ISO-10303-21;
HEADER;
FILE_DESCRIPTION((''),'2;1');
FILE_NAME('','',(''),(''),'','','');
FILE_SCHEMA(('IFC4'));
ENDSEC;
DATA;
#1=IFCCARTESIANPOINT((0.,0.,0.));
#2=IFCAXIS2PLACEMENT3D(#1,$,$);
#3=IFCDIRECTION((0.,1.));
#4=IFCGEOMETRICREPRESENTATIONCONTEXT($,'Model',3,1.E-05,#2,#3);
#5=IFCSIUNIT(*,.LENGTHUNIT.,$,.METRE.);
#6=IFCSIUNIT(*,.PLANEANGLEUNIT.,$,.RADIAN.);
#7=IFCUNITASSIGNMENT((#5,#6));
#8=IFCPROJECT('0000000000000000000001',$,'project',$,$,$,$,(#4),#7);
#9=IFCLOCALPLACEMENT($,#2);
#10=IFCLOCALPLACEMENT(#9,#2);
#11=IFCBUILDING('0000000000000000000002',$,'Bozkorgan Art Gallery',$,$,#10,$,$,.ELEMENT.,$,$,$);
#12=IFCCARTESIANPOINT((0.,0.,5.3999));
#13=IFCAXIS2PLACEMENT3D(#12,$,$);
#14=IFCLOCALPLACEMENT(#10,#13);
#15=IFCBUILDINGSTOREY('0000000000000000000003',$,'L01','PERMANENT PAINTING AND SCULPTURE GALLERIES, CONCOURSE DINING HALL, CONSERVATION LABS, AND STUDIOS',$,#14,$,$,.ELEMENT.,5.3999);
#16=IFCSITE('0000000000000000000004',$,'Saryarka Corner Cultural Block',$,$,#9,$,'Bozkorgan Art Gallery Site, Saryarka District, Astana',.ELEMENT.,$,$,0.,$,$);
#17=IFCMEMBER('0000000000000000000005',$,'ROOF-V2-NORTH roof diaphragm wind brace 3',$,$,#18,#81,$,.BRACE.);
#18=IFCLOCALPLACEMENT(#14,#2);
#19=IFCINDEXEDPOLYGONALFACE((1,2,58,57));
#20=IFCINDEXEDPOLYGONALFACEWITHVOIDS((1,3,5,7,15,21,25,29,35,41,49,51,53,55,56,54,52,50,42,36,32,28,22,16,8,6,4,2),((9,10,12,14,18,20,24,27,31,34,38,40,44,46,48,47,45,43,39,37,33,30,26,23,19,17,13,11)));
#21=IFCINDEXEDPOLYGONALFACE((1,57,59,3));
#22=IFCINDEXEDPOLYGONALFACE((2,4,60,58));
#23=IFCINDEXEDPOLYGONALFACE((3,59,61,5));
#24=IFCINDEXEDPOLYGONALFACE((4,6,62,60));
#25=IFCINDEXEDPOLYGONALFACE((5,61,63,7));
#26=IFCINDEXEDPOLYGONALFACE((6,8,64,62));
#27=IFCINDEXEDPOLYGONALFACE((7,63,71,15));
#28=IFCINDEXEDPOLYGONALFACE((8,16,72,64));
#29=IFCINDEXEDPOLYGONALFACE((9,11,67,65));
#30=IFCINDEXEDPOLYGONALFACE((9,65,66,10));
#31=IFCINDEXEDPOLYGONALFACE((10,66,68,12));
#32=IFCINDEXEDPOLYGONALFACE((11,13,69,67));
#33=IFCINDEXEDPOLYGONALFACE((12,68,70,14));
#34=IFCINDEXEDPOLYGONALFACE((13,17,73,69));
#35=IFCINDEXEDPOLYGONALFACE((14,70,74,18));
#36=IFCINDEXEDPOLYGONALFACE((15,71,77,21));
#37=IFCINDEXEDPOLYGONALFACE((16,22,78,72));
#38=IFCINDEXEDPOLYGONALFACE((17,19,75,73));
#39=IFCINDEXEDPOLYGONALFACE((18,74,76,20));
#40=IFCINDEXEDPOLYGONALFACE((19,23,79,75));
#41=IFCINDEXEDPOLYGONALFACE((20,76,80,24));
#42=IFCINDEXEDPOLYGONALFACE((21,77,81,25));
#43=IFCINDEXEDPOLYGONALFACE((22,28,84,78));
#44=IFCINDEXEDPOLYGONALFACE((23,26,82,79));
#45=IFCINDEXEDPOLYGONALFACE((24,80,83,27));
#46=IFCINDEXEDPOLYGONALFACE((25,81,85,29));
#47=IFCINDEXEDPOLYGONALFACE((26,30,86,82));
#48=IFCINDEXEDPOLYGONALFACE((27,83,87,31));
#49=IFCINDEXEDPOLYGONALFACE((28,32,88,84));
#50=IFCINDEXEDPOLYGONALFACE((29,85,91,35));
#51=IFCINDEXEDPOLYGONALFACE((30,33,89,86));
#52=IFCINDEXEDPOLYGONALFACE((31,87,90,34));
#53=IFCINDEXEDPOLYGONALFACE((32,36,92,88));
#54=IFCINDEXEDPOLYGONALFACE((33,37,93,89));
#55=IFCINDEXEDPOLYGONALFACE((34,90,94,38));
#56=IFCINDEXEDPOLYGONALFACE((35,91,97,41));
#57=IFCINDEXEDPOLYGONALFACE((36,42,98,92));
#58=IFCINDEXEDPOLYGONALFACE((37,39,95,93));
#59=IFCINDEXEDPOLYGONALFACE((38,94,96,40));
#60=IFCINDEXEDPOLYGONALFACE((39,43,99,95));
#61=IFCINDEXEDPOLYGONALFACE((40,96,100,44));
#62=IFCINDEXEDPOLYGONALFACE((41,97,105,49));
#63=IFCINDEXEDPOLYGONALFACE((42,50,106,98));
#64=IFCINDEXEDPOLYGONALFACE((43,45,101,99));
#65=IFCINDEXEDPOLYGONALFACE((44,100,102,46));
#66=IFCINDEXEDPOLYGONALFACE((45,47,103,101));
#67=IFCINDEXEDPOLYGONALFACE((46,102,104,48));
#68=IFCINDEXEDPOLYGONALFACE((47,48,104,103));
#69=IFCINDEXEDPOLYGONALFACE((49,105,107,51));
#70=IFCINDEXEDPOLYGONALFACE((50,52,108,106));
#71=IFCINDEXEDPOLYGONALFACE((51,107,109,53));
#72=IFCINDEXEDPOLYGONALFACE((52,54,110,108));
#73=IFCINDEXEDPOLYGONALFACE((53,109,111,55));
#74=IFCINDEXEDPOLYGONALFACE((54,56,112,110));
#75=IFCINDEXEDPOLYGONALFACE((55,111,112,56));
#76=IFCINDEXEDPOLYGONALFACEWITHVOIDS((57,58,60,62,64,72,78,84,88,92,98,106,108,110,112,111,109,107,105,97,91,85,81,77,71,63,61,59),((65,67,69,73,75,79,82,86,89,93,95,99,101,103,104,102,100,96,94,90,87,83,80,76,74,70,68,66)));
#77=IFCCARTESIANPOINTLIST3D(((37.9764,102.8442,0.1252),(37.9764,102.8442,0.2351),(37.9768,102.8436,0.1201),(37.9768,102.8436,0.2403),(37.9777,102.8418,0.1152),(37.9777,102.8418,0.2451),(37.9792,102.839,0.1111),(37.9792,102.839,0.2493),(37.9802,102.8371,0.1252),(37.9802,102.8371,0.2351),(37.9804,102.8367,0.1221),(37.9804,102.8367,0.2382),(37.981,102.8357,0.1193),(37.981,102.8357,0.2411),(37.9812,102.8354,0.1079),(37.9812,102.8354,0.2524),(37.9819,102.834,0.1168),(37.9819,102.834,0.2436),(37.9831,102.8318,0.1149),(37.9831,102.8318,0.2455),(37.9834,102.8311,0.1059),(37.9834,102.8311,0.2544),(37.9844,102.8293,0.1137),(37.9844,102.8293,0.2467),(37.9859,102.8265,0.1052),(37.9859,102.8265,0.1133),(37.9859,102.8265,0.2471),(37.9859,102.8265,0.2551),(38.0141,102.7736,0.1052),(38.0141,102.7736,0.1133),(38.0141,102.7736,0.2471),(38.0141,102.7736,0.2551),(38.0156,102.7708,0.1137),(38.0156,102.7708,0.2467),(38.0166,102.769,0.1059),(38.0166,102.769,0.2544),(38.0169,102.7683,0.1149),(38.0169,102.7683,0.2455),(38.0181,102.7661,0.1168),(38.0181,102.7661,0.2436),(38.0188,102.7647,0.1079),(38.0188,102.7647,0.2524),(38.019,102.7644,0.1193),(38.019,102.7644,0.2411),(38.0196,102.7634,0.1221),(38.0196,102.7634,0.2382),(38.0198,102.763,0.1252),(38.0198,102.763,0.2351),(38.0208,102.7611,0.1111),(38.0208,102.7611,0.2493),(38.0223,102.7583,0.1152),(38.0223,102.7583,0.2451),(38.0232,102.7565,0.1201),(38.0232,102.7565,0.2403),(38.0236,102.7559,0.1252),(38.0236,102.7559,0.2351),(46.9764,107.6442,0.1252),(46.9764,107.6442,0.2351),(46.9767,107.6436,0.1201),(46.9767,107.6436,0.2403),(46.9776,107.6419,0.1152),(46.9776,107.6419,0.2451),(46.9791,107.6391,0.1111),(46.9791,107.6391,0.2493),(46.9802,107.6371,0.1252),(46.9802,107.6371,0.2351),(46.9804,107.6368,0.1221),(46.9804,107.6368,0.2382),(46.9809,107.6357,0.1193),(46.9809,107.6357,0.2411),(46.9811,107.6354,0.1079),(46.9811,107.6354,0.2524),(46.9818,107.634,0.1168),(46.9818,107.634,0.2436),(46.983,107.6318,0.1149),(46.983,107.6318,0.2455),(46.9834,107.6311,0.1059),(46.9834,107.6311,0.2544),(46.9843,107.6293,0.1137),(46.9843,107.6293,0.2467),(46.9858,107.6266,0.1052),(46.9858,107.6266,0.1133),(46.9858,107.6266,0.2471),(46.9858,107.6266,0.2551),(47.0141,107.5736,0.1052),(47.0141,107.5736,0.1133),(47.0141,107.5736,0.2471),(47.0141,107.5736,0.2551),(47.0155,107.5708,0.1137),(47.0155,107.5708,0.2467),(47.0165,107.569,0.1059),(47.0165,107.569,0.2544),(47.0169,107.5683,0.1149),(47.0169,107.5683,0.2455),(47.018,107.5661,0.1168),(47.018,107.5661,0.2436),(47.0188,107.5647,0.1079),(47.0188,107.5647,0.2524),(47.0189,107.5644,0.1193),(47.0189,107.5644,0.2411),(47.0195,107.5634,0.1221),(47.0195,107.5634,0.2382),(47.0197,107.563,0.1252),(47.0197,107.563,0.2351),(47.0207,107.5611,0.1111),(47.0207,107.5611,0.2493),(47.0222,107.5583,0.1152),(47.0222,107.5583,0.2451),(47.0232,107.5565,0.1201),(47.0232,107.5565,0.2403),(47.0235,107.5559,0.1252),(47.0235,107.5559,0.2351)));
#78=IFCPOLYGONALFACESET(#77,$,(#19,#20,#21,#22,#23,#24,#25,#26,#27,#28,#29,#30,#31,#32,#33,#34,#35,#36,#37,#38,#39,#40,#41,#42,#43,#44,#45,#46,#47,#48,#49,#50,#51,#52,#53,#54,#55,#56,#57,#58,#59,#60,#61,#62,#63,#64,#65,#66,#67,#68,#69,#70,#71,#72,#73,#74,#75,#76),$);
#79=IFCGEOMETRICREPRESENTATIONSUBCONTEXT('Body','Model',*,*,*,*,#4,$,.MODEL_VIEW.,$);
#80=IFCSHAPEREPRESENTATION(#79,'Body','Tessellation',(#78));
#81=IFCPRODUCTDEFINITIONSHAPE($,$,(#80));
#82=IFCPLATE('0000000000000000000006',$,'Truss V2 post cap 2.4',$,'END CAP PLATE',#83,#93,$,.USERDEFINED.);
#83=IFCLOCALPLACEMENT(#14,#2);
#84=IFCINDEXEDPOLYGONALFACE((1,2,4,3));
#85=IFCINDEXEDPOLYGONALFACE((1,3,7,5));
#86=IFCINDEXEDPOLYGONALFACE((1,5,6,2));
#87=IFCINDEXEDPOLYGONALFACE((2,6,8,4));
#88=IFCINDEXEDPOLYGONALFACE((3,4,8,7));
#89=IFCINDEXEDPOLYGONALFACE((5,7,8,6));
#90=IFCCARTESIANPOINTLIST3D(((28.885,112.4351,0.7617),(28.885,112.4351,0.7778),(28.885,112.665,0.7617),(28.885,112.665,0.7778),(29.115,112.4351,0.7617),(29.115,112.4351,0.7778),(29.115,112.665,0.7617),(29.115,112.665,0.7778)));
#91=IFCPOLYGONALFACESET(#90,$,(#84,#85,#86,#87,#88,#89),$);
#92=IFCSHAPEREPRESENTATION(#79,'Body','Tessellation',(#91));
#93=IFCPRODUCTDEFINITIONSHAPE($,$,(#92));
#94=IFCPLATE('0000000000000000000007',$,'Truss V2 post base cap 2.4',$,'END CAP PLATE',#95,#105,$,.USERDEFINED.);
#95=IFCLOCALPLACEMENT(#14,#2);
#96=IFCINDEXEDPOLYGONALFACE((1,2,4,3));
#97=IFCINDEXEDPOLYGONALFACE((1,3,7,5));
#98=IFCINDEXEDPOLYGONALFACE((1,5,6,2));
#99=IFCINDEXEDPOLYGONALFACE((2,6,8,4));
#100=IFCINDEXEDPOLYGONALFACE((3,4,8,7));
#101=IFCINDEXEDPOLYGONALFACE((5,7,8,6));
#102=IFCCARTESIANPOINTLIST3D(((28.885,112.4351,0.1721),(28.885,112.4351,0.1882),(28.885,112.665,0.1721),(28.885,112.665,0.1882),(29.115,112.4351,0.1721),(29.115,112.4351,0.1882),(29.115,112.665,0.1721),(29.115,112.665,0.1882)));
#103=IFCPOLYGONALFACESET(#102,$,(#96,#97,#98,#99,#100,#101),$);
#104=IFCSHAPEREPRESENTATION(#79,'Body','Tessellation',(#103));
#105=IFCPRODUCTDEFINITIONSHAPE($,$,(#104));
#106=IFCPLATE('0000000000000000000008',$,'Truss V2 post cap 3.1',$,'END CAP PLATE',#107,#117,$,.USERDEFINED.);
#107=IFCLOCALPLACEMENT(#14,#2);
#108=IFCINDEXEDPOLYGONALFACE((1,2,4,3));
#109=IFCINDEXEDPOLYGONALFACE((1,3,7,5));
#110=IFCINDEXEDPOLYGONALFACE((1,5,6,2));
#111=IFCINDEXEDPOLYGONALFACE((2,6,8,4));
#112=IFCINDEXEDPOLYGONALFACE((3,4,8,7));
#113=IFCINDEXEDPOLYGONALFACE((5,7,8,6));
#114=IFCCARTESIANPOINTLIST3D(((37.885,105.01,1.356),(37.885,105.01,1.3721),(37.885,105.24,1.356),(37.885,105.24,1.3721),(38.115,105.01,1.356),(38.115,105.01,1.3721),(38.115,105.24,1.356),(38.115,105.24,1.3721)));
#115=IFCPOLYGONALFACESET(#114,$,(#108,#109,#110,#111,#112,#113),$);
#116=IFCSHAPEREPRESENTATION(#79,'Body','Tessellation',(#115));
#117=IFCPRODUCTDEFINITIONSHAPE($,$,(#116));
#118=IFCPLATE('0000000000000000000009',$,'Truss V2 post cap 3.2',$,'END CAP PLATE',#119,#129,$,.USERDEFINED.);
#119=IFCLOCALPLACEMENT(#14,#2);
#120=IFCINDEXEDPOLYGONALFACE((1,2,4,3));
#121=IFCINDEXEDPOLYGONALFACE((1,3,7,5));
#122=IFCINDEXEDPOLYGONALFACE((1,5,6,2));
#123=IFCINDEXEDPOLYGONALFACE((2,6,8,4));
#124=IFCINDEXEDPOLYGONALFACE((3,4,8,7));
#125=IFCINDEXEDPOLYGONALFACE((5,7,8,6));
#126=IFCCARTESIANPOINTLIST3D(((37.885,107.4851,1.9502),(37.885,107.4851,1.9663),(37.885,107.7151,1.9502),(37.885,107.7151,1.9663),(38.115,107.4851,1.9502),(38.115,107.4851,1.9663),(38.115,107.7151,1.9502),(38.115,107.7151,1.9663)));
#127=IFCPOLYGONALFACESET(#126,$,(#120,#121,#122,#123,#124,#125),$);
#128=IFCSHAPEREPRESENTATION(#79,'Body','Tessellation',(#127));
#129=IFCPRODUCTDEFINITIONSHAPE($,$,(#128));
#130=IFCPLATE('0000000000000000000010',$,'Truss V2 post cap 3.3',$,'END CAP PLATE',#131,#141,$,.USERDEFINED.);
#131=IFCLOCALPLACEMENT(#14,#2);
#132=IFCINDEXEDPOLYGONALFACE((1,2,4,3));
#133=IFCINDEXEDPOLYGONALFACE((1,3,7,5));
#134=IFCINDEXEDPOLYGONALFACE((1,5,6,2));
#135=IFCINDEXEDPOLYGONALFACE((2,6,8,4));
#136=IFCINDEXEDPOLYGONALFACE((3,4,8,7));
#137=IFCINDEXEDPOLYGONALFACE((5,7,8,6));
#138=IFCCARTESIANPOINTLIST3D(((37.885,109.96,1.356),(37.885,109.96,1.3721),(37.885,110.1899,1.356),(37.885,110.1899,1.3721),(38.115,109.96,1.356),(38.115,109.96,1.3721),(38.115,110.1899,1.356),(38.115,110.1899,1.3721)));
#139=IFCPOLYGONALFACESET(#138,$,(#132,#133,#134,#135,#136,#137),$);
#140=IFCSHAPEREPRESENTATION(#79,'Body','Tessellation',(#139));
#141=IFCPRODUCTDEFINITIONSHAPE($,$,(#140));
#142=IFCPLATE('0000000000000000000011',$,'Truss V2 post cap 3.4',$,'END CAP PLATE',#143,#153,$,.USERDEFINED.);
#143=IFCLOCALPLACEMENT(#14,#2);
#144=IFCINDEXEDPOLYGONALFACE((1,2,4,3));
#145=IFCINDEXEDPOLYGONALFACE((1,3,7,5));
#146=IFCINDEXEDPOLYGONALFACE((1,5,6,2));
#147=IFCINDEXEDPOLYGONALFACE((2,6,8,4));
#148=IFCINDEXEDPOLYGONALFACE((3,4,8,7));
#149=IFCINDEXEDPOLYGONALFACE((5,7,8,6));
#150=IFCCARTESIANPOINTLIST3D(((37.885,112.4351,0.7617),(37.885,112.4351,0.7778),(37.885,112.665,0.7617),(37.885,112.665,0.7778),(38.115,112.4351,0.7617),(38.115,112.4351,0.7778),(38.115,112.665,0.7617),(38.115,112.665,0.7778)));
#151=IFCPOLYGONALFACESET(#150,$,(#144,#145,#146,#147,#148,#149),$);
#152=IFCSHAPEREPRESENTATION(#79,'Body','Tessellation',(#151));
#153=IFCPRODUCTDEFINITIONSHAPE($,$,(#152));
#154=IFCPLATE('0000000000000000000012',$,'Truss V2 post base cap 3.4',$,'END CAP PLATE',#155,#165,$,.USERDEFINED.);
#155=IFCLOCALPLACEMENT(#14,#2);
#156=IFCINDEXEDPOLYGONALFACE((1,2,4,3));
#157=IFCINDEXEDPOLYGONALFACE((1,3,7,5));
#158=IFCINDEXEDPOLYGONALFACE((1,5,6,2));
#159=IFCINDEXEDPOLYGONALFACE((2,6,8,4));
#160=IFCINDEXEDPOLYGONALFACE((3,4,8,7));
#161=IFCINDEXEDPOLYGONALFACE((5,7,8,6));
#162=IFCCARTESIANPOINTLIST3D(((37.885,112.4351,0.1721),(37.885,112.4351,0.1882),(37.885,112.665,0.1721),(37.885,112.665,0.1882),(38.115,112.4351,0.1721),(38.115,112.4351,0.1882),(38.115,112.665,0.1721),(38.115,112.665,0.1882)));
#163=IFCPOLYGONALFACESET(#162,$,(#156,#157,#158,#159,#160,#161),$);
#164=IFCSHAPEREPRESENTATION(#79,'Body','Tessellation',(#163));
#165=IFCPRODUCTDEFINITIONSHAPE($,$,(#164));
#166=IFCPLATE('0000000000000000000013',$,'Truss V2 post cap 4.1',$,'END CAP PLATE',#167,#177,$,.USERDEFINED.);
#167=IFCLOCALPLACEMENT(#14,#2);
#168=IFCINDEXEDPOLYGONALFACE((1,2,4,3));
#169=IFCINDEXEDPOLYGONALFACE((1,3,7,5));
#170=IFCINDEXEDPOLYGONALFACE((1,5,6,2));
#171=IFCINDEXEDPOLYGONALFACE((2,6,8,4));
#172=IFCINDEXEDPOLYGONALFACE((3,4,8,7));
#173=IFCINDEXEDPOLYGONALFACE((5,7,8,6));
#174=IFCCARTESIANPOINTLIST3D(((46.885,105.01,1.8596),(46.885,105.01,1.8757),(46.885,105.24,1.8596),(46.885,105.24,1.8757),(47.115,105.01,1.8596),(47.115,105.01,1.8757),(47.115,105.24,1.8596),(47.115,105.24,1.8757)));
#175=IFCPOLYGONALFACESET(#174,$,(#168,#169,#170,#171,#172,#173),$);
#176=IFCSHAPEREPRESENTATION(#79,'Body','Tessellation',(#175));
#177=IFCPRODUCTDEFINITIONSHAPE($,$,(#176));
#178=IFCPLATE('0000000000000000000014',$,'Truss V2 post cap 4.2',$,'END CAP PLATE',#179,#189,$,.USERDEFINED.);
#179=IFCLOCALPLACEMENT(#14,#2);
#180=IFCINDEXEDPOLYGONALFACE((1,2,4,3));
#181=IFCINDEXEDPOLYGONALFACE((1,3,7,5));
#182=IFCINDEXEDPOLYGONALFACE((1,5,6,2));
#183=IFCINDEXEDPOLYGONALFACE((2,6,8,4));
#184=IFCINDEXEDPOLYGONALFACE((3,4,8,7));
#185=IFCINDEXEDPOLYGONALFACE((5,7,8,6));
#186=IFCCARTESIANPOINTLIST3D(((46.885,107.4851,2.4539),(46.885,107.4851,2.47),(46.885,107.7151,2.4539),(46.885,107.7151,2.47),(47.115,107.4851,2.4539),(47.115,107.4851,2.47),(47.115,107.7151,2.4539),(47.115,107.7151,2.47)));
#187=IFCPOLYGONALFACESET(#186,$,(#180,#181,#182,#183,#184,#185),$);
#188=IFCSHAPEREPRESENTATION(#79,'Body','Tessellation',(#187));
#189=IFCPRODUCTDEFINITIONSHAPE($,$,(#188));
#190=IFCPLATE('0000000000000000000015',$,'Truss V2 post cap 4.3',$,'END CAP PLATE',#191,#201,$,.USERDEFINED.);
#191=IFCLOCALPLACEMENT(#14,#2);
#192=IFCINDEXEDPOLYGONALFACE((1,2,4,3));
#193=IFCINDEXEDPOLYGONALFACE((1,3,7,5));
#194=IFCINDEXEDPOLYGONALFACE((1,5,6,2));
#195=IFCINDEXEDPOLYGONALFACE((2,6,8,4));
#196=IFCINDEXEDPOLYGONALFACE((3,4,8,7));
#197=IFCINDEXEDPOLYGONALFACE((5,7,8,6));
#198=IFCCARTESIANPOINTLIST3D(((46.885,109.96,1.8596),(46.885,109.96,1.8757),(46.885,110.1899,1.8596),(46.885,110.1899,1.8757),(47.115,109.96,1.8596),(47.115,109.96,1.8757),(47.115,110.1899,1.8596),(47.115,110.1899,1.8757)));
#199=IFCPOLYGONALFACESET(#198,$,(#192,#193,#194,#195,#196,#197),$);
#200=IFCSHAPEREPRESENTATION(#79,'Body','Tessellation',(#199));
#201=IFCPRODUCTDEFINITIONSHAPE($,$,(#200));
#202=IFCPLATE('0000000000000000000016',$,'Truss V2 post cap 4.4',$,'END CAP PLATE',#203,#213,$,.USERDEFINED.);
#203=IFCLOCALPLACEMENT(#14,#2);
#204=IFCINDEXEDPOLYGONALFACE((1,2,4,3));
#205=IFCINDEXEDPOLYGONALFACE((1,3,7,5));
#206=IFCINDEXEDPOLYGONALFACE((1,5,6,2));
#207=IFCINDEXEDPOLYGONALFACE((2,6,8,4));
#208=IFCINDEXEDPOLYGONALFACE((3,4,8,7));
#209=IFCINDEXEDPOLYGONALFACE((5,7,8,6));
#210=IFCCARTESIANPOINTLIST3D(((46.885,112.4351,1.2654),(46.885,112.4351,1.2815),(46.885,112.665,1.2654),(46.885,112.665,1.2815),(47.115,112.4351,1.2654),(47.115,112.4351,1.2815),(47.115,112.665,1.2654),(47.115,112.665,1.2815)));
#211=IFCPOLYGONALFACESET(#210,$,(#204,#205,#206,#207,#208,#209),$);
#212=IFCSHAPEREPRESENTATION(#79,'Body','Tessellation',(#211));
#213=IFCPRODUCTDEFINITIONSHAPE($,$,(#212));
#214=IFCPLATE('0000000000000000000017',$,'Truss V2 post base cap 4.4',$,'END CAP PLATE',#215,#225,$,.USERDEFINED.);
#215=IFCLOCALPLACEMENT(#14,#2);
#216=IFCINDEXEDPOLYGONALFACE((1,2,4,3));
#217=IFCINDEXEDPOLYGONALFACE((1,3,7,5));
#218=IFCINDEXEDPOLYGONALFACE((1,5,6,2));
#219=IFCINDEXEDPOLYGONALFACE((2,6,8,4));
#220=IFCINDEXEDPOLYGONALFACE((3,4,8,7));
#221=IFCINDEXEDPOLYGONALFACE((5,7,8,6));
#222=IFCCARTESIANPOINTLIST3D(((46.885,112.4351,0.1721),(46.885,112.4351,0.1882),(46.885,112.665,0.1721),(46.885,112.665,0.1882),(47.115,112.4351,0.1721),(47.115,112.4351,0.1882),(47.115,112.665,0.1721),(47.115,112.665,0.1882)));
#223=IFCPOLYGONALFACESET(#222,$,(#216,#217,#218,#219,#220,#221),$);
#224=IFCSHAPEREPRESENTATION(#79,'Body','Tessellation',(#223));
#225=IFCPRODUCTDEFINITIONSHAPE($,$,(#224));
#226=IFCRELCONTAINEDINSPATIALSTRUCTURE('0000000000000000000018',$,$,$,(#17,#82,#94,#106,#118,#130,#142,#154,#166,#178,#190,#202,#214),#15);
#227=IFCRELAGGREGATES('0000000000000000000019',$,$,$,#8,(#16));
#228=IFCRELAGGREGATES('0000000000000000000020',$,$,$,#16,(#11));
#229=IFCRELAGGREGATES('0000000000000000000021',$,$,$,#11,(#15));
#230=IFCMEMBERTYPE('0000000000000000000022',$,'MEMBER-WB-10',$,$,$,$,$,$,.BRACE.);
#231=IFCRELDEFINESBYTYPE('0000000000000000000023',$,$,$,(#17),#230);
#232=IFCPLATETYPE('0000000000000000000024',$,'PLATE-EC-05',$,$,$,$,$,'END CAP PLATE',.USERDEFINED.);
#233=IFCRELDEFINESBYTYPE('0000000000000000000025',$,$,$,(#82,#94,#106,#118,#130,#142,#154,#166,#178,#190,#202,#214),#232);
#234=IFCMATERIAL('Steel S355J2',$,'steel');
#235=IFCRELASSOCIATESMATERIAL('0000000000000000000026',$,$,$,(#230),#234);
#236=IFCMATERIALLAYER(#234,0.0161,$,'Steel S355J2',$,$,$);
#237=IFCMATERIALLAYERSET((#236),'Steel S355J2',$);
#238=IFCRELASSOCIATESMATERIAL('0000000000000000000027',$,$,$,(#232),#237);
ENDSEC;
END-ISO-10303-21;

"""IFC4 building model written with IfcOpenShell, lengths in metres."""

from ifc_helpers import new_model, si_unit, direction, frame, origin, origin_2d, place, context, subcontext, project, spatial, rectangle, hollow_rectangle, extrude, material, layer, layer_set, material_profile, profile_set, type_object, element, save


model = new_model("IFC4")

# Units and contexts
model_context = context("Model", 3, precision=1e-05, world=origin(), true_north=direction((0.0, 1.0)))
body_context = subcontext(model_context, "Body", "Model", "MODEL_VIEW")
ifc_project = project(units=[si_unit("LENGTHUNIT", "METRE"), si_unit("PLANEANGLEUNIT", "RADIAN")], contexts=[model_context])

# Site, building, storey
site_placement = place(None, origin())
site = spatial("IfcSite", under=ifc_project, at=site_placement, Name="Saryarka Corner Cultural Block", LongName="Bozkorgan Art Gallery Site, Saryarka District, Astana", CompositionType="ELEMENT", RefElevation=0.0)
building_placement = place(site_placement, origin())
building = spatial("IfcBuilding", under=site, at=building_placement, Name="Bozkorgan Art Gallery", CompositionType="ELEMENT")
storey_placement = place(building_placement, frame((0.0, 0.0, 5.3999)))
storey = spatial("IfcBuildingStorey", under=building, at=storey_placement, Name="L01", Description="PERMANENT PAINTING AND SCULPTURE GALLERIES, CONCOURSE DINING HALL, CONSERVATION LABS, AND STUDIOS", CompositionType="ELEMENT", Elevation=5.3999)

# Member
ifc_material_1 = material(Name="Steel S355J2", Category="steel")
ifc_material_profile_1 = material_profile(ifc_material_1, hollow_rectangle(XDim=0.1001, YDim=0.1499, WallThickness=0.0081, InnerFilletRadius=0.012, OuterFilletRadius=0.02, at=origin_2d()), Name="RHS 150x100x8")
ifc_profile_set_1 = profile_set([ifc_material_profile_1], Name="Steel S355J2")
member_type_1 = type_object("IfcMemberType", Name="MEMBER-WB-10", PredefinedType="BRACE", material=ifc_profile_set_1)
member_1_placement = place(storey_placement, frame((38.0, 102.8, 0.1802), z_axis=(0.882351, 0.470592, 0.0), x_axis=(-0.470592, 0.882351, 0.0)))
element("IfcMember", 1, at=member_1_placement, inside=storey, type_object=member_type_1, Name="ROOF-V2-NORTH roof diaphragm wind brace 3", PredefinedType="BRACE", context=body_context, shape_type="SweptSolid", body=[
    extrude(hollow_rectangle(XDim=0.1001, YDim=0.1499, WallThickness=0.0081, InnerFilletRadius=0.012, OuterFilletRadius=0.02, at=origin_2d()), origin(), (0.0, 0.0, 1.0), 10.2),
])

# Plates
ifc_layer_1 = layer(ifc_material_1, 0.0161, Name="Steel S355J2")
ifc_layer_set_1 = layer_set([ifc_layer_1], Name="Steel S355J2")
plate_type_1 = type_object("IfcPlateType", Name="PLATE-EC-05", ElementType="END CAP PLATE", PredefinedType="USERDEFINED", material=ifc_layer_set_1)
for number, where, z_axis, x_axis, name in (
    (2, (29.0, 112.55, 0.7617), (0.0, 0.0, 1.0), (1.0, 0.0, 0.0), "Truss V2 post cap 2.4"),
    (3, (29.0, 112.55, 0.1721), (0.0, 0.0, 1.0), (1.0, 0.0, 0.0), "Truss V2 post base cap 2.4"),
    (4, (38.0, 105.125, 1.356), (0.0, 0.0, 1.0), (1.0, 0.0, 0.0), "Truss V2 post cap 3.1"),
    (5, (38.0, 107.6001, 1.9502), (0.0, 0.0, 1.0), (1.0, 0.0, 0.0), "Truss V2 post cap 3.2"),
    (6, (38.0, 110.075, 1.356), (0.0, 0.0, 1.0), (1.0, 0.0, 0.0), "Truss V2 post cap 3.3"),
    (7, (38.0, 112.55, 0.7617), (0.0, 0.0, 1.0), (1.0, 0.0, 0.0), "Truss V2 post cap 3.4"),
    (8, (38.0, 112.55, 0.1721), (0.0, 0.0, 1.0), (1.0, 0.0, 0.0), "Truss V2 post base cap 3.4"),
    (9, (47.0, 105.125, 1.8596), (0.0, 0.0, 1.0), (1.0, 0.0, 0.0), "Truss V2 post cap 4.1"),
    (10, (47.0, 107.6001, 2.4539), (0.0, 0.0, 1.0), (1.0, 0.0, 0.0), "Truss V2 post cap 4.2"),
    (11, (47.0, 110.075, 1.8596), (0.0, 0.0, 1.0), (1.0, 0.0, 0.0), "Truss V2 post cap 4.3"),
    (12, (47.0, 112.55, 1.2654), (0.0, 0.0, 1.0), (1.0, 0.0, 0.0), "Truss V2 post cap 4.4"),
    (13, (47.0, 112.55, 0.1721), (0.0, 0.0, 1.0), (1.0, 0.0, 0.0), "Truss V2 post base cap 4.4"),
):
    element("IfcPlate", number, at=place(storey_placement, frame(where, z_axis=z_axis, x_axis=x_axis)), inside=storey, type_object=plate_type_1, Name=name, ObjectType="END CAP PLATE", PredefinedType="USERDEFINED", context=body_context, shape_type="SweptSolid", body=[
        extrude(rectangle(XDim=0.23, YDim=0.23, at=origin_2d()), origin(), (0.0, 0.0, 1.0), 0.0161),
    ])

save(model, "model.ifc")
